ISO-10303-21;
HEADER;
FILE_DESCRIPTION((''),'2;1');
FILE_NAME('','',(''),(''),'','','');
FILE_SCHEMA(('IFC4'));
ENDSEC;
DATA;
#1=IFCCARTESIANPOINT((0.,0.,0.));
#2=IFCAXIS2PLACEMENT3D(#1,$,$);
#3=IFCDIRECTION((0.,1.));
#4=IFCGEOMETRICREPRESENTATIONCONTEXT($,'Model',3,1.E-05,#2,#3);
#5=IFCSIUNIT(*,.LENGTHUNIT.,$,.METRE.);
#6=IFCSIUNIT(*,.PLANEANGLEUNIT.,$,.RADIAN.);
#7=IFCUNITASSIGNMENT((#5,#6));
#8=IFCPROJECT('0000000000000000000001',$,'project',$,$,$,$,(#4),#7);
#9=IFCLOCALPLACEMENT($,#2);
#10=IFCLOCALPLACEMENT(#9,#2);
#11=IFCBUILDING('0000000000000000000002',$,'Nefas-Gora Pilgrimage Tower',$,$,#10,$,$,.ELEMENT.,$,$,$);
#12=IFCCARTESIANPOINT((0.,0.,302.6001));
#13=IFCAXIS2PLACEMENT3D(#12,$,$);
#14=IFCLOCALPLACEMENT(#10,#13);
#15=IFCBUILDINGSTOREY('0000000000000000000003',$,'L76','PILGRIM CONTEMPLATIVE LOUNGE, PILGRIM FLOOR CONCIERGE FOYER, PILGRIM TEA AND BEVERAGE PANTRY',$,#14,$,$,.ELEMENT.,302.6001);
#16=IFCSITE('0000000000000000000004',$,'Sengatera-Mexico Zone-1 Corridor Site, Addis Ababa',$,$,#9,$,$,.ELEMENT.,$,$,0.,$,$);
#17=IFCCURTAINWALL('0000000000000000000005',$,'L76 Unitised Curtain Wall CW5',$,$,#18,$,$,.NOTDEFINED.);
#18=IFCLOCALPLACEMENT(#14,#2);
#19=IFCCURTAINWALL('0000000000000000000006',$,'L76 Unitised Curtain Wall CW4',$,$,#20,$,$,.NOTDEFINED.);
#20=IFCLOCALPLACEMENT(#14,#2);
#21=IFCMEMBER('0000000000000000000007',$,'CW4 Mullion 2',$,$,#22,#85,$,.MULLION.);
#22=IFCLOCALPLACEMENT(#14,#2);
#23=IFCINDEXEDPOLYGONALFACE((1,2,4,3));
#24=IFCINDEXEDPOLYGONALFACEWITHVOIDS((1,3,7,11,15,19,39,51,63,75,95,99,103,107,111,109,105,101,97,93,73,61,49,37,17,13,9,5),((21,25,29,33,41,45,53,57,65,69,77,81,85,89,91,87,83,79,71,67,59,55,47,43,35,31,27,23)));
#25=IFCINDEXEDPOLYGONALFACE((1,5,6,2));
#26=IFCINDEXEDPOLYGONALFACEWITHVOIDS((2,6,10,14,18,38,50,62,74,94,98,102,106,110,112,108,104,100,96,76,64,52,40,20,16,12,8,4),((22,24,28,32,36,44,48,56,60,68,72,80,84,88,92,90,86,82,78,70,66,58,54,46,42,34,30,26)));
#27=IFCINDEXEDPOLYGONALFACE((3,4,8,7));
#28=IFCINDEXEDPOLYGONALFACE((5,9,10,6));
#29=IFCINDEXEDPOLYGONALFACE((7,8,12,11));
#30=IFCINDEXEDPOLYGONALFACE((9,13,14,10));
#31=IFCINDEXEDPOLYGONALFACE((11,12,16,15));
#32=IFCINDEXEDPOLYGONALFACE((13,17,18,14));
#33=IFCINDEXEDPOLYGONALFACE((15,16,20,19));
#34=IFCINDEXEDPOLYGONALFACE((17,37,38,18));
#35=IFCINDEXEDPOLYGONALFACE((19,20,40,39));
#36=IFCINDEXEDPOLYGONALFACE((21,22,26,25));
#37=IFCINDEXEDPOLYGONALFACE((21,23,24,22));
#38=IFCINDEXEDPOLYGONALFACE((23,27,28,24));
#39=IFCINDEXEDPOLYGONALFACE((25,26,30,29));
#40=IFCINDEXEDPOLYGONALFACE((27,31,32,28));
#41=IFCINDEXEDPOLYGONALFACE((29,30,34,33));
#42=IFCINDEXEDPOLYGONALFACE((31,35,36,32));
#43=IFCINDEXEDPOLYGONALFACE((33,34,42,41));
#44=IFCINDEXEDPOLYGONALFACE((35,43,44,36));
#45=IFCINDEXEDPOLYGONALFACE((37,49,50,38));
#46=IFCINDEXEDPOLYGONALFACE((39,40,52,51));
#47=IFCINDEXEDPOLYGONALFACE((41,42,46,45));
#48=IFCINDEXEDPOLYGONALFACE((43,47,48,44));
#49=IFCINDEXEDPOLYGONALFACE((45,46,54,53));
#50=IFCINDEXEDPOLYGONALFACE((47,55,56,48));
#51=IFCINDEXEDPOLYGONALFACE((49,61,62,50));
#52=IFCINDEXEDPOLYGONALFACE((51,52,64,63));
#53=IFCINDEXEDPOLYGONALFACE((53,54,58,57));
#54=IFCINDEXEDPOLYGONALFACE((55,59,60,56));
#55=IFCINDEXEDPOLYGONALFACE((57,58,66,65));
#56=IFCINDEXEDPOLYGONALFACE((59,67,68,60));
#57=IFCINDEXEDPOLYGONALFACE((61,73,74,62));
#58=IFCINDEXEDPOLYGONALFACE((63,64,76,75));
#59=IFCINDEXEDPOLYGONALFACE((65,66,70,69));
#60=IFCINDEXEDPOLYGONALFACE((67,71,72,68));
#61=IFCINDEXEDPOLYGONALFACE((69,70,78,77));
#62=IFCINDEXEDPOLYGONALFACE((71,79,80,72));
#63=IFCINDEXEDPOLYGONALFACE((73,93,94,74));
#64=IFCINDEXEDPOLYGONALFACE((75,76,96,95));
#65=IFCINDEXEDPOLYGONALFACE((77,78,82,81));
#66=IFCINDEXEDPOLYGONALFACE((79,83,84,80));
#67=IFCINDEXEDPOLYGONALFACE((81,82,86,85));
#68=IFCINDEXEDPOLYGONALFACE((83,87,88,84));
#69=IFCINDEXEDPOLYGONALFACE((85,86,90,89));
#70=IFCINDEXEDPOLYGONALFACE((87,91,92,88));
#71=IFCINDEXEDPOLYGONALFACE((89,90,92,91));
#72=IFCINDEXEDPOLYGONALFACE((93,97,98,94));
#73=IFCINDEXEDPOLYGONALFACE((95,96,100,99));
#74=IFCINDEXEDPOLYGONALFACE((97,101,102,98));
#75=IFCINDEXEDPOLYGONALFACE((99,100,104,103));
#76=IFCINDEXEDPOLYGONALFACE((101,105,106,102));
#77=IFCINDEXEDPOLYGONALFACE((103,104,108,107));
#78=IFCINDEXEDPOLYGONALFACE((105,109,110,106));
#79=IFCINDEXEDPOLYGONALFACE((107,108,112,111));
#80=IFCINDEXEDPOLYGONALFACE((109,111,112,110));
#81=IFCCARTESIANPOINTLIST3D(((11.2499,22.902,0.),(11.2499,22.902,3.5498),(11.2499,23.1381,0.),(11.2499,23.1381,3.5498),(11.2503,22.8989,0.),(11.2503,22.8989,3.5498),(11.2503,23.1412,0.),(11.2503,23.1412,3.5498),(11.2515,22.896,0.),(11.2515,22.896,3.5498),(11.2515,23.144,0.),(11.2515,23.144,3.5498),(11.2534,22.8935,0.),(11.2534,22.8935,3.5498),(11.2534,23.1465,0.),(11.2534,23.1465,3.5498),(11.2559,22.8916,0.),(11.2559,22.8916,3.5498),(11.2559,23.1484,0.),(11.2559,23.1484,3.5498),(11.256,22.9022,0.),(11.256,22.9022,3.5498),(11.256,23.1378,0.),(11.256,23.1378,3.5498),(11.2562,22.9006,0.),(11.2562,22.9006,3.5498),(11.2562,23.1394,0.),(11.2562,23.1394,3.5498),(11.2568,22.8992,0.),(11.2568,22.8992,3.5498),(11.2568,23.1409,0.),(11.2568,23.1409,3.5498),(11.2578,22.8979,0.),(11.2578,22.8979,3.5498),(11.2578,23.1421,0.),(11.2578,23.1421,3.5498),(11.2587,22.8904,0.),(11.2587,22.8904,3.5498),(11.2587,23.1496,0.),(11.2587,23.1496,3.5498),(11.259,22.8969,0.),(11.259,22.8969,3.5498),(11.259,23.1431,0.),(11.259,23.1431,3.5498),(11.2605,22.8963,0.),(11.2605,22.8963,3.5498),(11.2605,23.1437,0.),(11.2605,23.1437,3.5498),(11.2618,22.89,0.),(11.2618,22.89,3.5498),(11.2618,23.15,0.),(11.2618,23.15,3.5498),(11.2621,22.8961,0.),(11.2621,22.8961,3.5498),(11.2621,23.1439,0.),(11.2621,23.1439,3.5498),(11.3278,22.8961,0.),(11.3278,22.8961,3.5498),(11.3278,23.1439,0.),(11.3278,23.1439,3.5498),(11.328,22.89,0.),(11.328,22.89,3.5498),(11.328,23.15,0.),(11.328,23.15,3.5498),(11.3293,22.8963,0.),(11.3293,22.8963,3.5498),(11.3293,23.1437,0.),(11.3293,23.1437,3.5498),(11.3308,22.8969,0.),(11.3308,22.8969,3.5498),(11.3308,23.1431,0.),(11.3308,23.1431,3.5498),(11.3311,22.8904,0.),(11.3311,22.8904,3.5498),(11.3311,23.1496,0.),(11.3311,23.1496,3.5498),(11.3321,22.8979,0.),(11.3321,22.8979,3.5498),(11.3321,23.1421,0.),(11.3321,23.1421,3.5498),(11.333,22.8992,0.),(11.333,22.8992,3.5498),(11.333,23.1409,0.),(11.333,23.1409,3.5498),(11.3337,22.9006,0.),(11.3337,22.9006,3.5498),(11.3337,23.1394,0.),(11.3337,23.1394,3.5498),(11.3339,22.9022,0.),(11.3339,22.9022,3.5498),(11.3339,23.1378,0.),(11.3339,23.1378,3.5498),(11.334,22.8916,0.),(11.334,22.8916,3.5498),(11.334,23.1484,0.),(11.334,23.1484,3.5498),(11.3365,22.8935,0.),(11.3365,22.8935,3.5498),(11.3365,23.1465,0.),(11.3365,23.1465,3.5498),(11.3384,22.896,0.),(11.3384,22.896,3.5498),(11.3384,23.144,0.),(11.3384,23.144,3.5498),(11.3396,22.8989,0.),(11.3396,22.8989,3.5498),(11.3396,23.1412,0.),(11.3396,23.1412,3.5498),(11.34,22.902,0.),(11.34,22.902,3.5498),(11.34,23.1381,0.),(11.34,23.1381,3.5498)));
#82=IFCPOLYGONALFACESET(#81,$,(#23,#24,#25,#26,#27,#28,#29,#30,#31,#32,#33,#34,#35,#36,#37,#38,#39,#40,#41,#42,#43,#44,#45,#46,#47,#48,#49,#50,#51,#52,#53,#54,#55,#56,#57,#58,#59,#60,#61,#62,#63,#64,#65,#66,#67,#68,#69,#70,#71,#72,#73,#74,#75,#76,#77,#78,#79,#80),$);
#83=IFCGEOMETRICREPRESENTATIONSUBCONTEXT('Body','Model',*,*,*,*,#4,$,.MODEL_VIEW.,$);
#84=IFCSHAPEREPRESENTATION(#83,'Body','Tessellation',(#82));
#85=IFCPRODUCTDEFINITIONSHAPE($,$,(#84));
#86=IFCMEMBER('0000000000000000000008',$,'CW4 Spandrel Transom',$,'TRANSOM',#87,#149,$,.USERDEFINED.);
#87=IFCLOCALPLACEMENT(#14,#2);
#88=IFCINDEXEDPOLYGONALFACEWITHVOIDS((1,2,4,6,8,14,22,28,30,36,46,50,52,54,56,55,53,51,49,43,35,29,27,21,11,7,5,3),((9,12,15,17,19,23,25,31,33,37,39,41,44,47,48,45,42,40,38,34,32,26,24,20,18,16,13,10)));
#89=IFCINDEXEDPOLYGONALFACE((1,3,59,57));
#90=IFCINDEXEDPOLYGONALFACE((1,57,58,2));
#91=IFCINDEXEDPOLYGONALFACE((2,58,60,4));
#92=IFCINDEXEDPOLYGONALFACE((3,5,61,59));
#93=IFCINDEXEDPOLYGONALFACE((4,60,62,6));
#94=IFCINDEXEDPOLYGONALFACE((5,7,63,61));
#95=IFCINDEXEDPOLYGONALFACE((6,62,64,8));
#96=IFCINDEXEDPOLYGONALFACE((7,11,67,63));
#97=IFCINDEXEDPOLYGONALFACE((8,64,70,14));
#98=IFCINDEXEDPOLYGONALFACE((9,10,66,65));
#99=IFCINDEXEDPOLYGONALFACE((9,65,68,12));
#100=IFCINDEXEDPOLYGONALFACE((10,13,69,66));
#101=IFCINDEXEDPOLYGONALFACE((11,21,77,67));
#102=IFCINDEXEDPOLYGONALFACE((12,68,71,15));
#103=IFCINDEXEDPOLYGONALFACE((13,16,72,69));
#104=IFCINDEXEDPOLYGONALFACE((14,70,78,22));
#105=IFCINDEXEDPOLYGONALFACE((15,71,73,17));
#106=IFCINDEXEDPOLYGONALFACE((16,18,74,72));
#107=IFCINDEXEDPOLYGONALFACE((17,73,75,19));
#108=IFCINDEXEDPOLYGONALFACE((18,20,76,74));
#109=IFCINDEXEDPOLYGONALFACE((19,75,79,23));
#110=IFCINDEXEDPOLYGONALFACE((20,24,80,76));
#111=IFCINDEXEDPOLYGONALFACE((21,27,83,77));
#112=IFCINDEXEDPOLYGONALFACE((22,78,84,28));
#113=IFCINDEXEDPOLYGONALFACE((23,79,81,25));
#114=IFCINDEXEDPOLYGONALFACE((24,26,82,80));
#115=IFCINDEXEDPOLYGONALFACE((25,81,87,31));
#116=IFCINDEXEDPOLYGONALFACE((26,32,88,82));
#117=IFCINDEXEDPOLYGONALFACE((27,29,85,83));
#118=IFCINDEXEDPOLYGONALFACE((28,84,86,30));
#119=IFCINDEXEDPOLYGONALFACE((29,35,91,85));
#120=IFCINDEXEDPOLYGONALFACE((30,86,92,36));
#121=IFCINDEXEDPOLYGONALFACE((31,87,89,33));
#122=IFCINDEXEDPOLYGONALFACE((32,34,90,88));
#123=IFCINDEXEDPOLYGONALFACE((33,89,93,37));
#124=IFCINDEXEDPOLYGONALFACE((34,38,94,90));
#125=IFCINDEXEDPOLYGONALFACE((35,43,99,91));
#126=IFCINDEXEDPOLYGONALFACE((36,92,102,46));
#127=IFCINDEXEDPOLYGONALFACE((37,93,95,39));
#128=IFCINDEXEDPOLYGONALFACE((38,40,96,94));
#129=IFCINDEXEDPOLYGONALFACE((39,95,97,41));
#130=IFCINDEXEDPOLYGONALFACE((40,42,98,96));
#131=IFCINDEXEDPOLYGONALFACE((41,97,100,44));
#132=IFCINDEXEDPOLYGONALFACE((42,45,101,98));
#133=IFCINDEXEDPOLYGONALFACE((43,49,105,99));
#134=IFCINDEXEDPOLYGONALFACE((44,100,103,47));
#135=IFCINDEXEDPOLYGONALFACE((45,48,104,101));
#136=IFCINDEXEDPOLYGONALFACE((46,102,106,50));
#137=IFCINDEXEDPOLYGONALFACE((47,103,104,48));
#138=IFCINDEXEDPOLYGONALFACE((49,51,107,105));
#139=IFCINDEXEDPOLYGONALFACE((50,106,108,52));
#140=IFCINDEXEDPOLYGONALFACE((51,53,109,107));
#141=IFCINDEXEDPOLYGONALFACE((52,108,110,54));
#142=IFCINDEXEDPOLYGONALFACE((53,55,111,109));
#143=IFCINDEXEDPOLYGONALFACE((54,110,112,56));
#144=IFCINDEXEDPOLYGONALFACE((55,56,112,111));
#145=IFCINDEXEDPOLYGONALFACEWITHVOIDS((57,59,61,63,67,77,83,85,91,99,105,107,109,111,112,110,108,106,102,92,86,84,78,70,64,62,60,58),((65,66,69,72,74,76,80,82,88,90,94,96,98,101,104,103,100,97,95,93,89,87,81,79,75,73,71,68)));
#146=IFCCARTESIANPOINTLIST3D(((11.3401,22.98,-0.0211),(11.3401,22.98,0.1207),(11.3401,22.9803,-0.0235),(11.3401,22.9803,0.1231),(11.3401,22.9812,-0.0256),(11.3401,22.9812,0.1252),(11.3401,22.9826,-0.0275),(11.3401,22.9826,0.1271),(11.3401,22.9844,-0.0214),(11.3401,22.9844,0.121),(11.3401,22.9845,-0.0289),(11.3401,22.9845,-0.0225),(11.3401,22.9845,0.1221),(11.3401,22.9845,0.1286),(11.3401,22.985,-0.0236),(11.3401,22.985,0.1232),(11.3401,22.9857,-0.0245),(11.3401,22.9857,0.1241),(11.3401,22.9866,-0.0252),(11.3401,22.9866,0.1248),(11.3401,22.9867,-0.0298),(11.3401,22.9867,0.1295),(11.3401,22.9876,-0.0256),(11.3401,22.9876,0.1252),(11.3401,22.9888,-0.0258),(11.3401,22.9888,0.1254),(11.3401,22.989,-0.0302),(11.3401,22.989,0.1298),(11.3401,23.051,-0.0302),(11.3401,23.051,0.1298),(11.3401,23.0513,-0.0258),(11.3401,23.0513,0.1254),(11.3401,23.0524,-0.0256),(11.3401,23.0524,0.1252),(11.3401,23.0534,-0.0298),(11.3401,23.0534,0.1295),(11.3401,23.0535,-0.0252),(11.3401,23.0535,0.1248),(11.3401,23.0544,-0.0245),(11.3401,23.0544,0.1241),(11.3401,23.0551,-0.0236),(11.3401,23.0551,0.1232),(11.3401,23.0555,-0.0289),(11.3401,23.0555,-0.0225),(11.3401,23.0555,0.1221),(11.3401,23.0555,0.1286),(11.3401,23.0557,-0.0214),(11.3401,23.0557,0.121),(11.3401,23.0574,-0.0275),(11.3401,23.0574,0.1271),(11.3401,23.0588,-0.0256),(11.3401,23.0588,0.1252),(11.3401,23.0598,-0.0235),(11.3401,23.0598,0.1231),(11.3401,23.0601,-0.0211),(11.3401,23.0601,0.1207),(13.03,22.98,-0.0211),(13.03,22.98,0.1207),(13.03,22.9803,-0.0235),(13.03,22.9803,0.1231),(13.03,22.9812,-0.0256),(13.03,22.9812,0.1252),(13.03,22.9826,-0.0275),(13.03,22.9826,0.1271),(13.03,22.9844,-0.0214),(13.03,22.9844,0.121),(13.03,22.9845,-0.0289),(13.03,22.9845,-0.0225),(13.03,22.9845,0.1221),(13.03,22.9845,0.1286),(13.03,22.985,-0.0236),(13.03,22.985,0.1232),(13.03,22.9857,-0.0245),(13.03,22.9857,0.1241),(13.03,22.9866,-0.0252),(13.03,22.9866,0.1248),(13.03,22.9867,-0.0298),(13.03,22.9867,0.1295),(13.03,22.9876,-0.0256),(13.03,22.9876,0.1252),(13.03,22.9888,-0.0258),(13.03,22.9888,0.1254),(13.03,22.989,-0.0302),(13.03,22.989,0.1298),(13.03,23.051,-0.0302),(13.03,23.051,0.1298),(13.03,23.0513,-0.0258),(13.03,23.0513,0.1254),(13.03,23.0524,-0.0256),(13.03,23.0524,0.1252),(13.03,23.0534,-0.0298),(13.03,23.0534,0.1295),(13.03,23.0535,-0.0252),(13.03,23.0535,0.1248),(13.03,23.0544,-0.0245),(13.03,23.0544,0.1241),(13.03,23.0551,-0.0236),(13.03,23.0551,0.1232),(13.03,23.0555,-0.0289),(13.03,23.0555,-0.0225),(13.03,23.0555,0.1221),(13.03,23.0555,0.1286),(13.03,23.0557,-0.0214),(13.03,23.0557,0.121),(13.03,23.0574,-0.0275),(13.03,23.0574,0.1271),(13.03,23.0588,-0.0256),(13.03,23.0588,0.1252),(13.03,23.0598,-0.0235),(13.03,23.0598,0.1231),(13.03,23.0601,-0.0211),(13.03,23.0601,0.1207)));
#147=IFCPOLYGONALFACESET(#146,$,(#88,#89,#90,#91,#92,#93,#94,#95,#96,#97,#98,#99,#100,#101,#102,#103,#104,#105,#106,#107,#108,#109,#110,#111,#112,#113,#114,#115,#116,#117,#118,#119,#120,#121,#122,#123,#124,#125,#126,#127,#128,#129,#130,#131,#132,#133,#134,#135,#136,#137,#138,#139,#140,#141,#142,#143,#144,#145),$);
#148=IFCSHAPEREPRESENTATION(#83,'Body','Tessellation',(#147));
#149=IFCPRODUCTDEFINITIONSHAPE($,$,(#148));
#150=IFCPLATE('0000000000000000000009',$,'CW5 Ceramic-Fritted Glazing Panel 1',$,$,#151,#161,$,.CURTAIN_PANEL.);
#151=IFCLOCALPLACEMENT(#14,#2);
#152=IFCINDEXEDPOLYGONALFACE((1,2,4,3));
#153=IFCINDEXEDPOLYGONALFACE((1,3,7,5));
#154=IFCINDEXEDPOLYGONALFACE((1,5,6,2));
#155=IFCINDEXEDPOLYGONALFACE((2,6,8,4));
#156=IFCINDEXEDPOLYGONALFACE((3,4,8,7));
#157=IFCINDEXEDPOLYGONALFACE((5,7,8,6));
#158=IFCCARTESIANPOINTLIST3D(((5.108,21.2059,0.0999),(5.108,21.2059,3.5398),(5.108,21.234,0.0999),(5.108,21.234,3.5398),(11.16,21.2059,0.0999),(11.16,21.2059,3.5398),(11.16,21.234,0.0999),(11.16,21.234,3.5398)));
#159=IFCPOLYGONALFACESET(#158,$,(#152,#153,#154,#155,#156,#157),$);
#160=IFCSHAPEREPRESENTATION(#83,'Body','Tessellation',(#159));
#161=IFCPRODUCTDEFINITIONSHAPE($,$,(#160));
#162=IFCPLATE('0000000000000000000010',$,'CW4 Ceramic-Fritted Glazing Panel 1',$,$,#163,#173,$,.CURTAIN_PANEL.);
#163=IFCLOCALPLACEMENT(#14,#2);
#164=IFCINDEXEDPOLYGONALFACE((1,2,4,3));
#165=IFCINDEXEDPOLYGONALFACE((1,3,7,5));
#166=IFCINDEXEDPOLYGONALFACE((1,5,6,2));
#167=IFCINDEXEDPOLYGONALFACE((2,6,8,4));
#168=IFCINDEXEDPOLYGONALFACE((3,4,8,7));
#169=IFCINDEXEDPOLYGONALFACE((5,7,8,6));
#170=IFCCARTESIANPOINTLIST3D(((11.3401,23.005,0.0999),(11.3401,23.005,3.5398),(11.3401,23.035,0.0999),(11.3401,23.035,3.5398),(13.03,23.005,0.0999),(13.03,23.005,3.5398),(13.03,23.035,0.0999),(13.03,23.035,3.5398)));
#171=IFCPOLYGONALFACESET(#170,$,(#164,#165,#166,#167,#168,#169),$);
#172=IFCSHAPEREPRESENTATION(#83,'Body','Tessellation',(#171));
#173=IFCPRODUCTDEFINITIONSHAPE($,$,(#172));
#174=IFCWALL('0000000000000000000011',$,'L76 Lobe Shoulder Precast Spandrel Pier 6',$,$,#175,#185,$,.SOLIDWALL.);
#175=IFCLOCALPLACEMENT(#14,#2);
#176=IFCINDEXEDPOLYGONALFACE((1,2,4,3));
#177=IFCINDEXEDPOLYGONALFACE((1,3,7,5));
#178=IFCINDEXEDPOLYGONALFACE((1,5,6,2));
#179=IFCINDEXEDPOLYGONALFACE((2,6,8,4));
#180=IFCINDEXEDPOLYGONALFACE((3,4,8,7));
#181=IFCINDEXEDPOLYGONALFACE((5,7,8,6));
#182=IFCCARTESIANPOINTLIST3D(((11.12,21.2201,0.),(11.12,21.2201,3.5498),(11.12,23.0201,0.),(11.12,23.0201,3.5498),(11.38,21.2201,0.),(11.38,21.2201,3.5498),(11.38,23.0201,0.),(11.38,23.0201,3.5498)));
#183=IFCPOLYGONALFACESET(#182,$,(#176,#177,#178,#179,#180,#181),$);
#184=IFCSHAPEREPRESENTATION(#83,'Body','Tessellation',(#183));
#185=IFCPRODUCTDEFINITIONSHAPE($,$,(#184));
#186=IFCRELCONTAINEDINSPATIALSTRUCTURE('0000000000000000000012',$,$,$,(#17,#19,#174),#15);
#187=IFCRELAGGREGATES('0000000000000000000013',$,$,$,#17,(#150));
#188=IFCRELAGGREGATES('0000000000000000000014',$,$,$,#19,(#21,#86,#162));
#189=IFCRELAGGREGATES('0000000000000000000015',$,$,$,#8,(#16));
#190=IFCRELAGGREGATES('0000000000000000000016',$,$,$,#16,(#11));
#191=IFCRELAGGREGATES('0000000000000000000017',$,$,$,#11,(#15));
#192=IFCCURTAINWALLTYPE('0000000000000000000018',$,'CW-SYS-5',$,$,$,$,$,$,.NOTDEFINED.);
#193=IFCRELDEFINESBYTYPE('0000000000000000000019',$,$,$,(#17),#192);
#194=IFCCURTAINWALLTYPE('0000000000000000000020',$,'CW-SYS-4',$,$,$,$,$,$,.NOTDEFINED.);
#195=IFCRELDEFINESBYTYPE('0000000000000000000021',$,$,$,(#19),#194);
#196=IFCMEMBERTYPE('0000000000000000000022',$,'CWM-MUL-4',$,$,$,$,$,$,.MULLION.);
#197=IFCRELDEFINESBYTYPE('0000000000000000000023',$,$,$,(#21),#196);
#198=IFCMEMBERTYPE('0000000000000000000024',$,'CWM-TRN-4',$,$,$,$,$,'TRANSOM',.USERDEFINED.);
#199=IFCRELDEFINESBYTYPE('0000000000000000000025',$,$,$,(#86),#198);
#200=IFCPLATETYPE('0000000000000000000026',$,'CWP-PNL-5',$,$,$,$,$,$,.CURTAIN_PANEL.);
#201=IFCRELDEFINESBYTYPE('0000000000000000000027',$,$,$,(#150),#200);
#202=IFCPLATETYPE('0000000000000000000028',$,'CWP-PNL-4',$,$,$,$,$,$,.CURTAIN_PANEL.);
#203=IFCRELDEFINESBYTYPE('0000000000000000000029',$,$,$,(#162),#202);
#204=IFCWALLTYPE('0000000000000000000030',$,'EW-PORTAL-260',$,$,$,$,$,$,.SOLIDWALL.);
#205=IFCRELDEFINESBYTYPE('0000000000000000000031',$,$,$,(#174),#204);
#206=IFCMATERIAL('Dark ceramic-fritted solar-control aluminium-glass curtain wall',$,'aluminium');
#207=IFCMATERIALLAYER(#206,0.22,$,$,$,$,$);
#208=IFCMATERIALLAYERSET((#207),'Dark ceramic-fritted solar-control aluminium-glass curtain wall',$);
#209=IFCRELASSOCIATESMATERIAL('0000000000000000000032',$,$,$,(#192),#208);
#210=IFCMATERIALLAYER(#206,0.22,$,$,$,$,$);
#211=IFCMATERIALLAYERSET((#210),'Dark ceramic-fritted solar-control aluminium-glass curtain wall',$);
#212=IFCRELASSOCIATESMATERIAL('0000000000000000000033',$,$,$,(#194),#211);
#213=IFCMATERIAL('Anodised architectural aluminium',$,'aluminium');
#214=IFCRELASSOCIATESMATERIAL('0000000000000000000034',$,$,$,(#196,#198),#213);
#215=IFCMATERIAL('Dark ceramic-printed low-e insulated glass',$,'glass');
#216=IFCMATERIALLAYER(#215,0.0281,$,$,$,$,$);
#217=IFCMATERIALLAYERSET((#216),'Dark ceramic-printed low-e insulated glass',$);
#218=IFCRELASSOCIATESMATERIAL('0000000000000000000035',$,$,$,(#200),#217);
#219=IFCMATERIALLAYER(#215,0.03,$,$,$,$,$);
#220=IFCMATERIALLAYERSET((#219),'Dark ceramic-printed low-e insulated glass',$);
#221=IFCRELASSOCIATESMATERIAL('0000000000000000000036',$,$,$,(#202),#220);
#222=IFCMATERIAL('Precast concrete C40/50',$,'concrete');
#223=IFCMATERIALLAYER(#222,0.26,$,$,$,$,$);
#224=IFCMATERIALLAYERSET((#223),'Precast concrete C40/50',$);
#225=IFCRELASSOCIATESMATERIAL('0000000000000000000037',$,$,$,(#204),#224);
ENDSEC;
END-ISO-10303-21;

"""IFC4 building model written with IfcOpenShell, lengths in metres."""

from ifc_helpers import new_model, si_unit, direction, frame, frame_2d, origin, origin_2d, place, context, subcontext, project, spatial, rectangle, hollow_rectangle, extrude, source, transform, mapped, material, layer, layer_set, material_profile, profile_set, type_object, element, aggregate, save


model = new_model("IFC4")

# Units and contexts
model_context = context("Model", 3, precision=1e-05, world=origin(), true_north=direction((0.0, 1.0)))
body_context = subcontext(model_context, "Body", "Model", "MODEL_VIEW")
ifc_project = project(units=[si_unit("LENGTHUNIT", "METRE"), si_unit("PLANEANGLEUNIT", "RADIAN")], contexts=[model_context])

# Site, building, storey
site_placement = place(None, origin())
site = spatial("IfcSite", under=ifc_project, at=site_placement, Name="Sengatera-Mexico Zone-1 Corridor Site, Addis Ababa", CompositionType="ELEMENT", RefElevation=0.0)
building_placement = place(site_placement, origin())
building = spatial("IfcBuilding", under=site, at=building_placement, Name="Nefas-Gora Pilgrimage Tower", CompositionType="ELEMENT")
storey_placement = place(building_placement, frame((0.0, 0.0, 302.6001)))
storey = spatial("IfcBuildingStorey", under=building, at=storey_placement, Name="L76", Description="PILGRIM CONTEMPLATIVE LOUNGE, PILGRIM FLOOR CONCIERGE FOYER, PILGRIM TEA AND BEVERAGE PANTRY", CompositionType="ELEMENT", Elevation=302.6001)

# Curtain wall
ifc_material_1 = material(Name="Dark ceramic-fritted solar-control aluminium-glass curtain wall", Category="aluminium")
ifc_layer_1 = layer(ifc_material_1, 0.22)
ifc_layer_set_1 = layer_set([ifc_layer_1], Name="Dark ceramic-fritted solar-control aluminium-glass curtain wall")
curtain_wall_type_1 = type_object("IfcCurtainWallType", Name="CW-SYS-5", PredefinedType="NOTDEFINED", material=ifc_layer_set_1)
curtain_wall_1_placement = place(storey_placement, origin())
curtain_wall_1 = element("IfcCurtainWall", 1, at=curtain_wall_1_placement, inside=storey, type_object=curtain_wall_type_1, Name="L76 Unitised Curtain Wall CW5", PredefinedType="NOTDEFINED")
ifc_material_2 = material(Name="Anodised architectural aluminium", Category="aluminium")

# Shared definitions
ifc_layer_2 = layer(ifc_material_1, 0.22)
ifc_layer_set_2 = layer_set([ifc_layer_2], Name="Dark ceramic-fritted solar-control aluminium-glass curtain wall")
curtain_wall_type_2 = type_object("IfcCurtainWallType", Name="CW-SYS-4", PredefinedType="NOTDEFINED", material=ifc_layer_set_2)
ifc_material_profile_1 = material_profile(ifc_material_2, hollow_rectangle(XDim=0.0901, YDim=0.26, WallThickness=0.0061, InnerFilletRadius=0.0061, OuterFilletRadius=0.012, at=origin_2d()), Name="ALU MULLION 90x260")
ifc_profile_set_1 = profile_set([ifc_material_profile_1], Name="Anodised architectural aluminium")
member_type_1 = type_object("IfcMemberType", Name="CWM-MUL-4", PredefinedType="MULLION", material=ifc_profile_set_1)
shared_shape_1 = source(origin(), body_context, "Body", "SweptSolid", [
    extrude(hollow_rectangle(XDim=0.0901, YDim=0.26, WallThickness=0.0061, InnerFilletRadius=0.0061, OuterFilletRadius=0.012, at=origin_2d()), origin(), (0.0, 0.0, 1.0), 3.5498),
])

# Curtain wall, members
curtain_wall_2_placement = place(storey_placement, origin())
curtain_wall_2 = element("IfcCurtainWall", 2, at=curtain_wall_2_placement, inside=storey, type_object=curtain_wall_type_2, Name="L76 Unitised Curtain Wall CW4", PredefinedType="NOTDEFINED")
member_1_placement = place(storey_placement, frame((11.2949, 23.02, 0.0), z_axis=(0.0, 0.0, 1.0), x_axis=(-1.0, 0.0, 0.0)))
member_1 = element("IfcMember", 3, at=member_1_placement, type_object=member_type_1, Name="CW4 Mullion 2", PredefinedType="MULLION", context=body_context, shape_type="MappedRepresentation", body=[
    mapped(shared_shape_1, transform((0.0, 0.0, 0.0), x_axis=(1.0, 0.0, 0.0), y_axis=(0.0, 1.0, 0.0), z_axis=(0.0, 0.0, 1.0), scale=1.0)),
])
ifc_material_profile_2 = material_profile(ifc_material_2, hollow_rectangle(XDim=0.0801, YDim=0.1599, WallThickness=0.0044, InnerFilletRadius=0.0044, OuterFilletRadius=0.009, at=origin_2d()), Name="ALU TRANSOM 80x160")
ifc_profile_set_2 = profile_set([ifc_material_profile_2], Name="Anodised architectural aluminium")
member_type_2 = type_object("IfcMemberType", Name="CWM-TRN-4", ElementType="TRANSOM", PredefinedType="USERDEFINED", material=ifc_profile_set_2)
shared_shape_2 = source(origin(), body_context, "Body", "SweptSolid", [
    extrude(hollow_rectangle(XDim=0.0801, YDim=0.1599, WallThickness=0.0044, InnerFilletRadius=0.0044, OuterFilletRadius=0.009, at=origin_2d()), origin(), (0.0, 0.0, 1.0), 1.6899),
])
member_2_placement = place(storey_placement, frame((13.03, 23.02, 0.0498), z_axis=(-1.0, 0.0, 0.0), x_axis=(0.0, -1.0, 0.0)))
member_2 = element("IfcMember", 4, at=member_2_placement, type_object=member_type_2, Name="CW4 Spandrel Transom", ObjectType="TRANSOM", PredefinedType="USERDEFINED", context=body_context, shape_type="MappedRepresentation", body=[
    mapped(shared_shape_2, transform((0.0, 0.0, 0.0), x_axis=(1.0, 0.0, 0.0), y_axis=(0.0, 1.0, 0.0), z_axis=(0.0, 0.0, 1.0), scale=1.0)),
])

# Plates
ifc_material_3 = material(Name="Dark ceramic-printed low-e insulated glass", Category="glass")
ifc_layer_3 = layer(ifc_material_3, 0.0281)
ifc_layer_set_3 = layer_set([ifc_layer_3], Name="Dark ceramic-printed low-e insulated glass")
plate_type_1 = type_object("IfcPlateType", Name="CWP-PNL-5", PredefinedType="CURTAIN_PANEL", material=ifc_layer_set_3)
shared_shape_3 = source(origin(), body_context, "Body", "SweptSolid", [
    extrude(rectangle(XDim=6.052, YDim=0.0281, at=origin_2d()), origin(), (0.0, 0.0, 1.0), 3.4399),
])
plate_1_placement = place(storey_placement, frame((8.134, 21.22, 0.0999), z_axis=(0.0, 0.0, 1.0), x_axis=(-1.0, 0.0, 0.0)))
plate_1 = element("IfcPlate", 5, at=plate_1_placement, type_object=plate_type_1, Name="CW5 Ceramic-Fritted Glazing Panel 1", PredefinedType="CURTAIN_PANEL", context=body_context, shape_type="MappedRepresentation", body=[
    mapped(shared_shape_3, transform((0.0, 0.0, 0.0), x_axis=(1.0, 0.0, 0.0), y_axis=(0.0, 1.0, 0.0), z_axis=(0.0, 0.0, 1.0), scale=1.0)),
])
aggregate(curtain_wall_1, [plate_1])
ifc_layer_4 = layer(ifc_material_3, 0.03)
ifc_layer_set_4 = layer_set([ifc_layer_4], Name="Dark ceramic-printed low-e insulated glass")
plate_type_2 = type_object("IfcPlateType", Name="CWP-PNL-4", PredefinedType="CURTAIN_PANEL", material=ifc_layer_set_4)
shared_shape_4 = source(origin(), body_context, "Body", "SweptSolid", [
    extrude(rectangle(XDim=1.6899, YDim=0.03, at=origin_2d()), origin(), (0.0, 0.0, 1.0), 3.4399),
])
plate_2_placement = place(storey_placement, frame((12.1851, 23.02, 0.0999), z_axis=(0.0, 0.0, 1.0), x_axis=(-1.0, 0.0, 0.0)))
plate_2 = element("IfcPlate", 6, at=plate_2_placement, type_object=plate_type_2, Name="CW4 Ceramic-Fritted Glazing Panel 1", PredefinedType="CURTAIN_PANEL", context=body_context, shape_type="MappedRepresentation", body=[
    mapped(shared_shape_4, transform((0.0, 0.0, 0.0), x_axis=(1.0, 0.0, 0.0), y_axis=(0.0, 1.0, 0.0), z_axis=(0.0, 0.0, 1.0), scale=1.0)),
])
aggregate(curtain_wall_2, [member_1, member_2, plate_2])

# Wall
ifc_material_4 = material(Name="Precast concrete C40/50", Category="concrete")
ifc_layer_5 = layer(ifc_material_4, 0.26)
ifc_layer_set_5 = layer_set([ifc_layer_5], Name="Precast concrete C40/50")
wall_type_1 = type_object("IfcWallType", Name="EW-PORTAL-260", PredefinedType="SOLIDWALL", material=ifc_layer_set_5)
shared_shape_5 = source(origin(), body_context, "Body", "SweptSolid", [
    extrude(rectangle(XDim=1.8, YDim=0.26, at=frame_2d((0.8999, 0.0))), origin(), (0.0, 0.0, 1.0), 3.5498),
])
wall_1_placement = place(storey_placement, frame((11.25, 23.02, 0.0), z_axis=(0.0, 0.0, 1.0), x_axis=(0.0, -1.0, 0.0)))
element("IfcWall", 7, at=wall_1_placement, inside=storey, type_object=wall_type_1, Name="L76 Lobe Shoulder Precast Spandrel Pier 6", PredefinedType="SOLIDWALL", context=body_context, shape_type="MappedRepresentation", body=[
    mapped(shared_shape_5, transform((0.0, 0.0, 0.0), x_axis=(1.0, 0.0, 0.0), y_axis=(0.0, 1.0, 0.0), z_axis=(0.0, 0.0, 1.0), scale=1.0)),
])

save(model, "model.ifc")
